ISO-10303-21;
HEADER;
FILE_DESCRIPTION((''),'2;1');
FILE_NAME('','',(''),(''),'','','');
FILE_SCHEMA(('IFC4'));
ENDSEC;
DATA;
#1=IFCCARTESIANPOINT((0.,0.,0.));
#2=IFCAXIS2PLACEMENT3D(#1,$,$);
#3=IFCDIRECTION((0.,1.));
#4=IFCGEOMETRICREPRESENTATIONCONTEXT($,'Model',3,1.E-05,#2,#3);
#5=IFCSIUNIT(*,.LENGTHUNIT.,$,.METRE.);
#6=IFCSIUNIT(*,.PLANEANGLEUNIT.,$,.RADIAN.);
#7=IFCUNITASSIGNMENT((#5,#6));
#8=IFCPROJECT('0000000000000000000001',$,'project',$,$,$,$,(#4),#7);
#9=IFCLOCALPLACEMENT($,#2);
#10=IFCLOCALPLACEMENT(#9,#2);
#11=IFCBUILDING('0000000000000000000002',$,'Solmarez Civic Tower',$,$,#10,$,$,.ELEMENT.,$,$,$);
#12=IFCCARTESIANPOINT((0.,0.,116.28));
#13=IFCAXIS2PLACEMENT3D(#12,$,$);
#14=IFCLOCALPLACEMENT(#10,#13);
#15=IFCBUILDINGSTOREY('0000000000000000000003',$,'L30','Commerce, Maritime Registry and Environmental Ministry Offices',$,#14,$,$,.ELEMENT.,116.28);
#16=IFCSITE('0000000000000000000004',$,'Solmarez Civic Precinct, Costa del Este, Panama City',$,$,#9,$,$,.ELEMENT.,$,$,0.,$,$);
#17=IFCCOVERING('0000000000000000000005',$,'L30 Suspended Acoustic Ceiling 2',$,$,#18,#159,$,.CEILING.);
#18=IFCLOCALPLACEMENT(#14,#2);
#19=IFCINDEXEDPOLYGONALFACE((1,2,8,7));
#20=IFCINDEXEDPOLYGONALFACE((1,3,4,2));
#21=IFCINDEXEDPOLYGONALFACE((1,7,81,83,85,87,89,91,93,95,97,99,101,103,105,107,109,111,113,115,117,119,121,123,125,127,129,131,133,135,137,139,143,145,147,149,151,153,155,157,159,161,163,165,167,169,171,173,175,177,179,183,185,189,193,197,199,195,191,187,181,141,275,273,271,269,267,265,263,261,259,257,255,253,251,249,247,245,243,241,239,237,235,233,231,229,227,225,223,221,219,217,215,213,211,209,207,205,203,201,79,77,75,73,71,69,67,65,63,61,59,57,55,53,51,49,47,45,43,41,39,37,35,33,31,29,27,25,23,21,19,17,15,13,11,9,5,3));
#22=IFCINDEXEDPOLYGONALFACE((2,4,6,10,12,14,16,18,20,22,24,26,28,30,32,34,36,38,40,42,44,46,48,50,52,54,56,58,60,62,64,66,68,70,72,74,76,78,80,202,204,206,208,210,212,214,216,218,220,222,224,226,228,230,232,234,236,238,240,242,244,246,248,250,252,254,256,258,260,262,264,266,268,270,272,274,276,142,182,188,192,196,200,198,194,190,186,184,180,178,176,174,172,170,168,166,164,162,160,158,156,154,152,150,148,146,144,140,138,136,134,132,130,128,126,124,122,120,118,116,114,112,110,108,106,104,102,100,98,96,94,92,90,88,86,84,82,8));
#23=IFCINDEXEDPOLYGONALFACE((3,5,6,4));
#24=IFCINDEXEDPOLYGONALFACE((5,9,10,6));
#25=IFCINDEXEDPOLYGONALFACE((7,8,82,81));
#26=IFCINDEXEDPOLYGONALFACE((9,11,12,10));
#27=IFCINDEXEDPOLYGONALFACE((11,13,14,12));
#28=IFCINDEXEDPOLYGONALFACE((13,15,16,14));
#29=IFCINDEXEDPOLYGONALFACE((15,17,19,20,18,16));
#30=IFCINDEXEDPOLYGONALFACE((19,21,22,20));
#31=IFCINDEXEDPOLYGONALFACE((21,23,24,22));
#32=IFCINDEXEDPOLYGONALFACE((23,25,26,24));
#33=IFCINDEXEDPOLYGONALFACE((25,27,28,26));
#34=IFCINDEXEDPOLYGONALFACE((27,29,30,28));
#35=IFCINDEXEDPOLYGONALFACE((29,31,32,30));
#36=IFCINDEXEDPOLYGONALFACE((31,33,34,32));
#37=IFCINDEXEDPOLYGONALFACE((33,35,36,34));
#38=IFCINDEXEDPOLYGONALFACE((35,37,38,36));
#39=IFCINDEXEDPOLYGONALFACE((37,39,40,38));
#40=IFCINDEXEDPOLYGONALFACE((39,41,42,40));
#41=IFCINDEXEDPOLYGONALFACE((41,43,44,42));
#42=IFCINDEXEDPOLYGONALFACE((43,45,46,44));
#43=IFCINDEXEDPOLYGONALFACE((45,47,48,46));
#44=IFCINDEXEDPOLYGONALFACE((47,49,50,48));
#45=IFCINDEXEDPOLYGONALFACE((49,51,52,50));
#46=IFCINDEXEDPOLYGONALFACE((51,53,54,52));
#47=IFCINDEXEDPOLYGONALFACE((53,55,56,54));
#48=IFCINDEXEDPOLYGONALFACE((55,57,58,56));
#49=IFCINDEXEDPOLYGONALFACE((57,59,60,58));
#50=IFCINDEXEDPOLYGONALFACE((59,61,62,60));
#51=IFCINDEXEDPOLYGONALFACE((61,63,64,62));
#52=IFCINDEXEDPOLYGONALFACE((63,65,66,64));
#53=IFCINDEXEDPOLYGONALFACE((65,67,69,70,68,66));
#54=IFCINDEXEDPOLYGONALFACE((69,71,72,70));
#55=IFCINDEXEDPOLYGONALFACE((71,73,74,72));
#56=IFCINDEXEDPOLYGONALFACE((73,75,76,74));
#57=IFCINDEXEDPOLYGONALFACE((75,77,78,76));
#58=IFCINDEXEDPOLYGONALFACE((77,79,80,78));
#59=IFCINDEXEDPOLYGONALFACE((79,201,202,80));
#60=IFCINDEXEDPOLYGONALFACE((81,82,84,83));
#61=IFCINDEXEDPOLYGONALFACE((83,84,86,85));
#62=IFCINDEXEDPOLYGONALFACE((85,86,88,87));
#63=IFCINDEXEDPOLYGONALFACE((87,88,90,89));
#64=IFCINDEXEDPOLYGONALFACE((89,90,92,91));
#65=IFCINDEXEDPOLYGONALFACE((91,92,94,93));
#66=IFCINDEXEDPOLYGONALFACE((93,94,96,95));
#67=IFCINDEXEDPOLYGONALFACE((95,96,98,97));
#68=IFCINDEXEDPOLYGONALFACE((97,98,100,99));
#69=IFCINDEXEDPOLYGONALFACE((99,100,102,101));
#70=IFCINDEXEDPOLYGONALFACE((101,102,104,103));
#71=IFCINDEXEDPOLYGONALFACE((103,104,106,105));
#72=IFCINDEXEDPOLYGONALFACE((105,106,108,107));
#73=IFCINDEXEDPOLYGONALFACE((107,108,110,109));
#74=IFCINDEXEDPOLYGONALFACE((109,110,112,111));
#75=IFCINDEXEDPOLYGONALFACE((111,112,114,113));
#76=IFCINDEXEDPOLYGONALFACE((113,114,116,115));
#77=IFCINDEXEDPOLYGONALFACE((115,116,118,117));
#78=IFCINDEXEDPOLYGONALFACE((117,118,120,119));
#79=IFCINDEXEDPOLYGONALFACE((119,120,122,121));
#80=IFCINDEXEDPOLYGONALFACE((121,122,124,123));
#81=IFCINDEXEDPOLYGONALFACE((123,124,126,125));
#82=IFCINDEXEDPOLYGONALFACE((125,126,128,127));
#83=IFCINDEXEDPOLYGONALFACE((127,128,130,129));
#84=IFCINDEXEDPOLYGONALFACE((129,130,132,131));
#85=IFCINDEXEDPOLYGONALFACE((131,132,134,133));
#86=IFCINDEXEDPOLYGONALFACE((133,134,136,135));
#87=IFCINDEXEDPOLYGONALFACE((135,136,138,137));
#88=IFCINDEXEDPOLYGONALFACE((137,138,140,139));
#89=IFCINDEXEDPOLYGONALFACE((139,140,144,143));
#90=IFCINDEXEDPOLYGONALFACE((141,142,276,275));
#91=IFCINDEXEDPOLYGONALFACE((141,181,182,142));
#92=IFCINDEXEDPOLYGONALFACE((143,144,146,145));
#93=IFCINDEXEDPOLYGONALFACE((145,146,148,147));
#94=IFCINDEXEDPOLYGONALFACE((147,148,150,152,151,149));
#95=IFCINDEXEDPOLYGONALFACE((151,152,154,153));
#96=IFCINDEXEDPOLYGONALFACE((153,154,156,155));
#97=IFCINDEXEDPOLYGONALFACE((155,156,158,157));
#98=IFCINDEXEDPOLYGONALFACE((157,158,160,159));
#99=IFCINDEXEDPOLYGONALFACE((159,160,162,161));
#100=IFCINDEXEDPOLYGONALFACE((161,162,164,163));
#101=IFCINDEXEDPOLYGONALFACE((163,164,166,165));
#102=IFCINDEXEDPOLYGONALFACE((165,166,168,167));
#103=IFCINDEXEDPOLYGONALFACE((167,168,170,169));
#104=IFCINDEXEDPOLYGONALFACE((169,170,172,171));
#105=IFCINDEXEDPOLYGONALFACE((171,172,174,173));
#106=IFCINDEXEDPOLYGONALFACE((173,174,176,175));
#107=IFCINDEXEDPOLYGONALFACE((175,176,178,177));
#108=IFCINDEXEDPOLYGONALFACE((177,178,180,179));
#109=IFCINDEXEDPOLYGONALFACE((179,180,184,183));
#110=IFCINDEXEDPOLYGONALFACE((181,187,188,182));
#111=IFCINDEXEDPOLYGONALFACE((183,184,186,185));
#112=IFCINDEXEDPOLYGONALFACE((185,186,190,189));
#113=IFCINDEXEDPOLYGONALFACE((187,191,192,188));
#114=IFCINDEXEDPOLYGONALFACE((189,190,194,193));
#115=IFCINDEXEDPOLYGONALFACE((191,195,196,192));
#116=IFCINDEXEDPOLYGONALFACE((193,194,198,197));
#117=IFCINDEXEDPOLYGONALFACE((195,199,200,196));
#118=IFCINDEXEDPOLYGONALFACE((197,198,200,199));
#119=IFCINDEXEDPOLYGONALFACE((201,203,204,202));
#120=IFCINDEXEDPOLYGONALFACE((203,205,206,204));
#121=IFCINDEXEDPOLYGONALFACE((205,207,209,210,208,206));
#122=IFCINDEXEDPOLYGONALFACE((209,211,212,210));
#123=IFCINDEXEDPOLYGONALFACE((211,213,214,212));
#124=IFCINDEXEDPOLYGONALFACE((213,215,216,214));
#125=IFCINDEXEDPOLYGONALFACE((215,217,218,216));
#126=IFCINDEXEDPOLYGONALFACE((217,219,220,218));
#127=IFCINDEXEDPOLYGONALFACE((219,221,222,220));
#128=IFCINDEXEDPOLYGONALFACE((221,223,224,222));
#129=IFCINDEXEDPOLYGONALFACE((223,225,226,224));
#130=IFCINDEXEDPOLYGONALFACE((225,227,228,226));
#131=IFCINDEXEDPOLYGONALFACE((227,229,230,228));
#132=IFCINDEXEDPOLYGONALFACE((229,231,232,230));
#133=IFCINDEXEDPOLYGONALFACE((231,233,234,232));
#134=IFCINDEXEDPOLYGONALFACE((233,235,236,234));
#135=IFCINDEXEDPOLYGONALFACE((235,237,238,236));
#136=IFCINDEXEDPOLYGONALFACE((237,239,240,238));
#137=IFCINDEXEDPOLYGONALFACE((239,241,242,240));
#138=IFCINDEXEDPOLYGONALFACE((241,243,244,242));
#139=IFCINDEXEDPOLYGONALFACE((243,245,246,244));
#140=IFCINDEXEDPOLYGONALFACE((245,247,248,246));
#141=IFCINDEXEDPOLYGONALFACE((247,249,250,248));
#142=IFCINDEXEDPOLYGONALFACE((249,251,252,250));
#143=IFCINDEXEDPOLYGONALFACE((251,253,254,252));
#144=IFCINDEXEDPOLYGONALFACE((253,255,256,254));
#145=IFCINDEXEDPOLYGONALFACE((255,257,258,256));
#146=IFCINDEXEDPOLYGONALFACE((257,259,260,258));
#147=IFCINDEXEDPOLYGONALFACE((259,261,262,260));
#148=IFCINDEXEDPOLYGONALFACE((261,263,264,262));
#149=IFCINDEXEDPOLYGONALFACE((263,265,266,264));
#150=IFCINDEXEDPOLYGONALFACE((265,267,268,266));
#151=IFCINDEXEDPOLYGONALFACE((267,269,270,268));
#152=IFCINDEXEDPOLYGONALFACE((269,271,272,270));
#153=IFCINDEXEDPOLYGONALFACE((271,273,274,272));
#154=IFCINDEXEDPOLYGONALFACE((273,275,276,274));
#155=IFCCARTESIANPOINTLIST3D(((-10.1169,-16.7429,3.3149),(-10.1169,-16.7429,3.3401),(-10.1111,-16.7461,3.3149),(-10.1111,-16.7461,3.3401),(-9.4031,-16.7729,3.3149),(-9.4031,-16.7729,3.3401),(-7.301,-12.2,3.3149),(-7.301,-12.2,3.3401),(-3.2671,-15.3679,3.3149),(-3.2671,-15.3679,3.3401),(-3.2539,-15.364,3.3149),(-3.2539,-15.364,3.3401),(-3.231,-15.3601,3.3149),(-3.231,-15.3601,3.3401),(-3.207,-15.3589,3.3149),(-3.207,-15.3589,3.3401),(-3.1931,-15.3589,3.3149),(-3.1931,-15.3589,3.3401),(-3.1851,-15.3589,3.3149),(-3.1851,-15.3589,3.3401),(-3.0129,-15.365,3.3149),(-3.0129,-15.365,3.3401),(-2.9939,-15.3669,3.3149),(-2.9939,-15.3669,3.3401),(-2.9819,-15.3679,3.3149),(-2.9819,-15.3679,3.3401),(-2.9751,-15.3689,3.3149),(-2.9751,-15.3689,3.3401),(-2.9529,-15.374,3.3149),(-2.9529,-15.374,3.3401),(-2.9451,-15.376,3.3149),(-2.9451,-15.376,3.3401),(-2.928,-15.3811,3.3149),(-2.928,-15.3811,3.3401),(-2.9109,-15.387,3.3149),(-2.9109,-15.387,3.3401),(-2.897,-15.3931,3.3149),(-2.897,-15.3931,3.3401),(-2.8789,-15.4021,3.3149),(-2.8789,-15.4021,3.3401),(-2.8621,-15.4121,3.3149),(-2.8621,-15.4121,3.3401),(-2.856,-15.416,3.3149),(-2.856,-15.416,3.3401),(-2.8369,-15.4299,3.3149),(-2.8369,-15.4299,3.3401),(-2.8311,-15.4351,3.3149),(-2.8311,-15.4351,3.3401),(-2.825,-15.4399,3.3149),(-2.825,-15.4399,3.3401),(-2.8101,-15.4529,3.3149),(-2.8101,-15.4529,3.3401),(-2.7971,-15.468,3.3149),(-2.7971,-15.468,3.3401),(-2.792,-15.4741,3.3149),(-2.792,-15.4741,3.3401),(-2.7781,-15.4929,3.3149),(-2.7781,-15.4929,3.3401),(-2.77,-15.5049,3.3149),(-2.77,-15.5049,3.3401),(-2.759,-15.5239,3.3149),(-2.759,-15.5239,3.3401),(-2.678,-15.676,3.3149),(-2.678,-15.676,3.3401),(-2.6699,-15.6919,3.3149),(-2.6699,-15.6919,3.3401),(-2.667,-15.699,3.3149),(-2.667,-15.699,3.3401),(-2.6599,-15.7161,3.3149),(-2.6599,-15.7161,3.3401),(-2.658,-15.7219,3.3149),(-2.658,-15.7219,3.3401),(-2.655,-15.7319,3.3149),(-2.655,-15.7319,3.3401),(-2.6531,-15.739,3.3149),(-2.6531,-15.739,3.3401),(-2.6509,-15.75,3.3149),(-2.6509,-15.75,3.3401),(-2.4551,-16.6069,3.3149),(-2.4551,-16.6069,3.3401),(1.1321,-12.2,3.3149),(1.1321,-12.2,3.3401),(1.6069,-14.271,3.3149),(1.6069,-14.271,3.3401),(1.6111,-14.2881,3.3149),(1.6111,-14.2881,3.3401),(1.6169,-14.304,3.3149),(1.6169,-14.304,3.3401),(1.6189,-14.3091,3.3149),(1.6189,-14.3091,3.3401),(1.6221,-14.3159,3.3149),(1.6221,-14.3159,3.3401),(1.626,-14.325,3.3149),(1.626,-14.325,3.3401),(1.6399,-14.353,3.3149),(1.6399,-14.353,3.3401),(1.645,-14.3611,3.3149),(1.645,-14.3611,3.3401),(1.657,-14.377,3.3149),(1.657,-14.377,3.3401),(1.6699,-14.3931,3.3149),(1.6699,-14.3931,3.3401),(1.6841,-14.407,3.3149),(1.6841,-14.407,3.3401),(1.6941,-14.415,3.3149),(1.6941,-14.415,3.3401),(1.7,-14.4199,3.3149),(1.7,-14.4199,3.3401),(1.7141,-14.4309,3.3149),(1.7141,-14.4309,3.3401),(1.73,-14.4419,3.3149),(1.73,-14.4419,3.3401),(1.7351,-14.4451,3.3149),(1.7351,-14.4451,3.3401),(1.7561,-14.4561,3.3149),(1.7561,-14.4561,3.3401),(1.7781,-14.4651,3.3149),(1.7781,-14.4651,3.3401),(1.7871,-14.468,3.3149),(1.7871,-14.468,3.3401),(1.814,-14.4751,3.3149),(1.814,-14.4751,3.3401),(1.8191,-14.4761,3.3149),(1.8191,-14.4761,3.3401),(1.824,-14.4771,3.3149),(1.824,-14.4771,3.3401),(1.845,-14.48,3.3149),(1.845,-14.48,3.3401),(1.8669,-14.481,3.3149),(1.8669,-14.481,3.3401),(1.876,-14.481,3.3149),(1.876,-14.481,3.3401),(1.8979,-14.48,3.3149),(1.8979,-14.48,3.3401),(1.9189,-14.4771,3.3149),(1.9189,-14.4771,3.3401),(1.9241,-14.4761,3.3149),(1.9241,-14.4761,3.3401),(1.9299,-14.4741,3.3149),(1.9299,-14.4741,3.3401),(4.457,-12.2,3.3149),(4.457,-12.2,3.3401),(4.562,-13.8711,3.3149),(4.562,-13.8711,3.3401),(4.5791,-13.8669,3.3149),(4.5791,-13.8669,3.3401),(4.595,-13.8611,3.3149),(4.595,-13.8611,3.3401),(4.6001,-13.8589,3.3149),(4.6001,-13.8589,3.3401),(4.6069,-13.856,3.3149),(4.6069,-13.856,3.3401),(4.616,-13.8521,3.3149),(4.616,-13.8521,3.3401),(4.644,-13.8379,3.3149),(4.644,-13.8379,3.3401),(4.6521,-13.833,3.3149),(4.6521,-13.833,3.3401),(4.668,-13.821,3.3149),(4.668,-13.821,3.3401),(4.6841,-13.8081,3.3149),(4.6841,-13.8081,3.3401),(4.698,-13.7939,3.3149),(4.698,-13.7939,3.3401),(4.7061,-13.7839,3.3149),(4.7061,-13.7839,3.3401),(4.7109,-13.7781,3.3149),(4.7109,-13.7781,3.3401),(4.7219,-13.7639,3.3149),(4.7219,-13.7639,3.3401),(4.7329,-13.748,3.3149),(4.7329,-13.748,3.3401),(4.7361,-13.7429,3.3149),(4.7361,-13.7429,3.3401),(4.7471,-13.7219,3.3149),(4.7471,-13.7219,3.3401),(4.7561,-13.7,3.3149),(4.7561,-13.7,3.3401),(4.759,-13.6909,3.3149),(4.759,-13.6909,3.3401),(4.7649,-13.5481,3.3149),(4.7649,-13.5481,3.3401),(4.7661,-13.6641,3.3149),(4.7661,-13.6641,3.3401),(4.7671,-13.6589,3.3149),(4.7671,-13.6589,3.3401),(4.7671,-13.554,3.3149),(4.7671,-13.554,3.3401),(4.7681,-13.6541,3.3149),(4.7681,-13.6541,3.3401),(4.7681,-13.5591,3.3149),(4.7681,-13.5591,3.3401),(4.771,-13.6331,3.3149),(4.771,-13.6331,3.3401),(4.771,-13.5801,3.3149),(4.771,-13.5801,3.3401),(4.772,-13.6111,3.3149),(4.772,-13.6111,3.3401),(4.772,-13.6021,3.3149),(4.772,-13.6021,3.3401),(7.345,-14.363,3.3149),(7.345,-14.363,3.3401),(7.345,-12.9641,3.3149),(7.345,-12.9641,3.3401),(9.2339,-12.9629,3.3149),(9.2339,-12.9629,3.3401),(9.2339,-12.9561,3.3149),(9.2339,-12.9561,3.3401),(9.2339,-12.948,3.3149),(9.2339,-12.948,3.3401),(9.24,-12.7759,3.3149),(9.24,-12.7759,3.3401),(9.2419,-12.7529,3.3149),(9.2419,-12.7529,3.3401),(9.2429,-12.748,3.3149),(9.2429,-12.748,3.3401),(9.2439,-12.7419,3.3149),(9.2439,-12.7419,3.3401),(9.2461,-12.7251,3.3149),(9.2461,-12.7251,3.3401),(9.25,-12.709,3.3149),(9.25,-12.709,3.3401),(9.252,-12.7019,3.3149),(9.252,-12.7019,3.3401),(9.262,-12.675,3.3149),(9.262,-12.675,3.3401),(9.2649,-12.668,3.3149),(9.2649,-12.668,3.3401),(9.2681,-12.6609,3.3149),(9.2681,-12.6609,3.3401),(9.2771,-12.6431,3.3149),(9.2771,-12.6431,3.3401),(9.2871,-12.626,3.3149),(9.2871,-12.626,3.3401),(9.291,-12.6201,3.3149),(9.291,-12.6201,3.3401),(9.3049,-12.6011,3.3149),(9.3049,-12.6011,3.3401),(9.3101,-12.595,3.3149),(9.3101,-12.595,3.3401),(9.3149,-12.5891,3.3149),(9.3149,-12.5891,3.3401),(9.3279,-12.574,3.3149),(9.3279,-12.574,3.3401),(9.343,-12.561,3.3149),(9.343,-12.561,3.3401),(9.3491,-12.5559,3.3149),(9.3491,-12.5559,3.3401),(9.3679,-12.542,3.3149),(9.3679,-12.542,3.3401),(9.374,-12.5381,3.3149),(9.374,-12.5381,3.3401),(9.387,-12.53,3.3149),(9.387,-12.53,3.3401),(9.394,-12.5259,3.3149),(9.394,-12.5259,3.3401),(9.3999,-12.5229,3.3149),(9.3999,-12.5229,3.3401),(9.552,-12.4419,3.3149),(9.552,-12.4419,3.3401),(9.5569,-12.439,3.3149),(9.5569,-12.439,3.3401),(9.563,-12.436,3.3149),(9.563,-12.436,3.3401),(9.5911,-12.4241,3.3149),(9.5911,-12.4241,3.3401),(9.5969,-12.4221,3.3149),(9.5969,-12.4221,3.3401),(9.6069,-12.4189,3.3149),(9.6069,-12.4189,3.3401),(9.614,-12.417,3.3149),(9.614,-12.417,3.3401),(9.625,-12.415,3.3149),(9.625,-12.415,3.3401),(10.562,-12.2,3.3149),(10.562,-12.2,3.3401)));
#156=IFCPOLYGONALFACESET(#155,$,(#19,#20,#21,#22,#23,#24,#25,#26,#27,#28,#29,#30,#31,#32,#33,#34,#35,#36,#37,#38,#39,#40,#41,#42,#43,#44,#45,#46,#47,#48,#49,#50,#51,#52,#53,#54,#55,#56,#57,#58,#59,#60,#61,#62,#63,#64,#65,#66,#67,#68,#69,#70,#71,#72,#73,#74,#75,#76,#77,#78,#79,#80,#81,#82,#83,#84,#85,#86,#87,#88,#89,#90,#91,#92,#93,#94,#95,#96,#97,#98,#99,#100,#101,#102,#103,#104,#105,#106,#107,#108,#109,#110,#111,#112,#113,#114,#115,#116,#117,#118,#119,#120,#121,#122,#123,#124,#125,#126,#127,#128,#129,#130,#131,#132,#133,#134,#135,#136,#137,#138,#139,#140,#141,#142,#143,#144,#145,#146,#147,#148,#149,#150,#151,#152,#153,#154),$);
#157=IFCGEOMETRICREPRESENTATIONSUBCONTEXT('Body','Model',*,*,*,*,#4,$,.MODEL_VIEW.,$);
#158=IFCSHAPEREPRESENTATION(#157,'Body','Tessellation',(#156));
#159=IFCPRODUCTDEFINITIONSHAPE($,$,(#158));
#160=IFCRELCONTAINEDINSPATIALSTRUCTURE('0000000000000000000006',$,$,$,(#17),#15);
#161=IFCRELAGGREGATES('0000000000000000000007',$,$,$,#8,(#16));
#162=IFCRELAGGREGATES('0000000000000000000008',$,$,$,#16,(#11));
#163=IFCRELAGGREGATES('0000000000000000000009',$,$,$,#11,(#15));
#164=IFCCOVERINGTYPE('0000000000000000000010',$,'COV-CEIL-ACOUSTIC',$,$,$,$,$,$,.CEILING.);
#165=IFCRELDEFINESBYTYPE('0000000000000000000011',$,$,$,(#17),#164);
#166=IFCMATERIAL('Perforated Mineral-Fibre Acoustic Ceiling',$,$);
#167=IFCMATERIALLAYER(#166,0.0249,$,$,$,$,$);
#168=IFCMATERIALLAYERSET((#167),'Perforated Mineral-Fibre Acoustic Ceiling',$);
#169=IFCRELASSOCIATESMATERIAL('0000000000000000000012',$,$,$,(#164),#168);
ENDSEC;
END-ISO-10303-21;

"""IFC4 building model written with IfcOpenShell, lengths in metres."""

from ifc_helpers import new_model, si_unit, direction, frame, origin, place, context, subcontext, project, spatial, polyline, outline, extrude, material, layer, layer_set, type_object, element, save


model = new_model("IFC4")

# Units and contexts
model_context = context("Model", 3, precision=1e-05, world=origin(), true_north=direction((0.0, 1.0)))
body_context = subcontext(model_context, "Body", "Model", "MODEL_VIEW")
ifc_project = project(units=[si_unit("LENGTHUNIT", "METRE"), si_unit("PLANEANGLEUNIT", "RADIAN")], contexts=[model_context])

# Site, building, storey
site_placement = place(None, origin())
site = spatial("IfcSite", under=ifc_project, at=site_placement, Name="Solmarez Civic Precinct, Costa del Este, Panama City", CompositionType="ELEMENT", RefElevation=0.0)
building_placement = place(site_placement, origin())
building = spatial("IfcBuilding", under=site, at=building_placement, Name="Solmarez Civic Tower", CompositionType="ELEMENT")
storey_placement = place(building_placement, frame((0.0, 0.0, 116.28)))
storey = spatial("IfcBuildingStorey", under=building, at=storey_placement, Name="L30", Description="Commerce, Maritime Registry and Environmental Ministry Offices", CompositionType="ELEMENT", Elevation=116.28)

# Covering
ifc_material_1 = material(Name="Perforated Mineral-Fibre Acoustic Ceiling")
ifc_layer_1 = layer(ifc_material_1, 0.0249)
ifc_layer_set_1 = layer_set([ifc_layer_1], Name="Perforated Mineral-Fibre Acoustic Ceiling")
covering_type_1 = type_object("IfcCoveringType", Name="COV-CEIL-ACOUSTIC", PredefinedType="CEILING", material=ifc_layer_set_1)
covering_1_placement = place(storey_placement, frame((0.0, 0.0, 3.3149)))
element("IfcCovering", 1, at=covering_1_placement, inside=storey, type_object=covering_type_1, Name="L30 Suspended Acoustic Ceiling 2", PredefinedType="CEILING", context=body_context, shape_type="SweptSolid", body=[
    extrude(outline(polyline([(-3.2671, -15.3679), (-3.2539, -15.364), (-3.231, -15.3601), (-3.207, -15.3589), (-3.1931, -15.3589), (-3.1851, -15.3589), (-3.0129, -15.365), (-2.9939, -15.3669), (-2.9819, -15.3679), (-2.9751, -15.3689), (-2.9529, -15.374), (-2.9451, -15.376), (-2.928, -15.3811), (-2.9109, -15.387), (-2.897, -15.3931), (-2.8789, -15.4021), (-2.8621, -15.4121), (-2.856, -15.416), (-2.8369, -15.4299), (-2.8311, -15.4351), (-2.825, -15.4399), (-2.8101, -15.4529), (-2.7971, -15.468), (-2.792, -15.4741), (-2.7781, -15.4929), (-2.77, -15.5049), (-2.759, -15.5239), (-2.678, -15.676), (-2.6699, -15.6919), (-2.667, -15.699), (-2.6599, -15.7161), (-2.658, -15.7219), (-2.655, -15.7319), (-2.6531, -15.739), (-2.6509, -15.75), (-2.4551, -16.6069), (7.345, -14.363), (7.345, -12.9641), (9.2339, -12.9629), (9.2339, -12.9561), (9.2339, -12.948), (9.24, -12.7759), (9.2419, -12.7529), (9.2429, -12.748), (9.2439, -12.7419), (9.2461, -12.7251), (9.25, -12.709), (9.252, -12.7019), (9.262, -12.675), (9.2649, -12.668), (9.2681, -12.6609), (9.2771, -12.6431), (9.2871, -12.626), (9.291, -12.6201), (9.3049, -12.6011), (9.3101, -12.595), (9.3149, -12.5891), (9.3279, -12.574), (9.343, -12.561), (9.3491, -12.5559), (9.3679, -12.542), (9.374, -12.5381), (9.387, -12.53), (9.394, -12.5259), (9.3999, -12.5229), (9.552, -12.4419), (9.5569, -12.439), (9.563, -12.436), (9.5911, -12.4241), (9.5969, -12.4221), (9.6069, -12.4189), (9.614, -12.417), (9.625, -12.415), (10.562, -12.2), (4.457, -12.2), (4.7649, -13.5481), (4.7671, -13.554), (4.7681, -13.5591), (4.771, -13.5801), (4.772, -13.6021), (4.772, -13.6111), (4.771, -13.6331), (4.7681, -13.6541), (4.7671, -13.6589), (4.7661, -13.6641), (4.759, -13.6909), (4.7561, -13.7), (4.7471, -13.7219), (4.7361, -13.7429), (4.7329, -13.748), (4.7219, -13.7639), (4.7109, -13.7781), (4.7061, -13.7839), (4.698, -13.7939), (4.6841, -13.8081), (4.668, -13.821), (4.6521, -13.833), (4.644, -13.8379), (4.616, -13.8521), (4.6069, -13.856), (4.6001, -13.8589), (4.595, -13.8611), (4.5791, -13.8669), (4.562, -13.8711), (1.9299, -14.4741), (1.9241, -14.4761), (1.9189, -14.4771), (1.8979, -14.48), (1.876, -14.481), (1.8669, -14.481), (1.845, -14.48), (1.824, -14.4771), (1.8191, -14.4761), (1.814, -14.4751), (1.7871, -14.468), (1.7781, -14.4651), (1.7561, -14.4561), (1.7351, -14.4451), (1.73, -14.4419), (1.7141, -14.4309), (1.7, -14.4199), (1.6941, -14.415), (1.6841, -14.407), (1.6699, -14.3931), (1.657, -14.377), (1.645, -14.3611), (1.6399, -14.353), (1.626, -14.325), (1.6221, -14.3159), (1.6189, -14.3091), (1.6169, -14.304), (1.6111, -14.2881), (1.6069, -14.271), (1.1321, -12.2), (-7.301, -12.2), (-10.1169, -16.7429), (-10.1111, -16.7461), (-9.4031, -16.7729), (-3.2671, -15.3679)])), origin(), (0.0, 0.0, 1.0), 0.0251),
])

save(model, "model.ifc")
